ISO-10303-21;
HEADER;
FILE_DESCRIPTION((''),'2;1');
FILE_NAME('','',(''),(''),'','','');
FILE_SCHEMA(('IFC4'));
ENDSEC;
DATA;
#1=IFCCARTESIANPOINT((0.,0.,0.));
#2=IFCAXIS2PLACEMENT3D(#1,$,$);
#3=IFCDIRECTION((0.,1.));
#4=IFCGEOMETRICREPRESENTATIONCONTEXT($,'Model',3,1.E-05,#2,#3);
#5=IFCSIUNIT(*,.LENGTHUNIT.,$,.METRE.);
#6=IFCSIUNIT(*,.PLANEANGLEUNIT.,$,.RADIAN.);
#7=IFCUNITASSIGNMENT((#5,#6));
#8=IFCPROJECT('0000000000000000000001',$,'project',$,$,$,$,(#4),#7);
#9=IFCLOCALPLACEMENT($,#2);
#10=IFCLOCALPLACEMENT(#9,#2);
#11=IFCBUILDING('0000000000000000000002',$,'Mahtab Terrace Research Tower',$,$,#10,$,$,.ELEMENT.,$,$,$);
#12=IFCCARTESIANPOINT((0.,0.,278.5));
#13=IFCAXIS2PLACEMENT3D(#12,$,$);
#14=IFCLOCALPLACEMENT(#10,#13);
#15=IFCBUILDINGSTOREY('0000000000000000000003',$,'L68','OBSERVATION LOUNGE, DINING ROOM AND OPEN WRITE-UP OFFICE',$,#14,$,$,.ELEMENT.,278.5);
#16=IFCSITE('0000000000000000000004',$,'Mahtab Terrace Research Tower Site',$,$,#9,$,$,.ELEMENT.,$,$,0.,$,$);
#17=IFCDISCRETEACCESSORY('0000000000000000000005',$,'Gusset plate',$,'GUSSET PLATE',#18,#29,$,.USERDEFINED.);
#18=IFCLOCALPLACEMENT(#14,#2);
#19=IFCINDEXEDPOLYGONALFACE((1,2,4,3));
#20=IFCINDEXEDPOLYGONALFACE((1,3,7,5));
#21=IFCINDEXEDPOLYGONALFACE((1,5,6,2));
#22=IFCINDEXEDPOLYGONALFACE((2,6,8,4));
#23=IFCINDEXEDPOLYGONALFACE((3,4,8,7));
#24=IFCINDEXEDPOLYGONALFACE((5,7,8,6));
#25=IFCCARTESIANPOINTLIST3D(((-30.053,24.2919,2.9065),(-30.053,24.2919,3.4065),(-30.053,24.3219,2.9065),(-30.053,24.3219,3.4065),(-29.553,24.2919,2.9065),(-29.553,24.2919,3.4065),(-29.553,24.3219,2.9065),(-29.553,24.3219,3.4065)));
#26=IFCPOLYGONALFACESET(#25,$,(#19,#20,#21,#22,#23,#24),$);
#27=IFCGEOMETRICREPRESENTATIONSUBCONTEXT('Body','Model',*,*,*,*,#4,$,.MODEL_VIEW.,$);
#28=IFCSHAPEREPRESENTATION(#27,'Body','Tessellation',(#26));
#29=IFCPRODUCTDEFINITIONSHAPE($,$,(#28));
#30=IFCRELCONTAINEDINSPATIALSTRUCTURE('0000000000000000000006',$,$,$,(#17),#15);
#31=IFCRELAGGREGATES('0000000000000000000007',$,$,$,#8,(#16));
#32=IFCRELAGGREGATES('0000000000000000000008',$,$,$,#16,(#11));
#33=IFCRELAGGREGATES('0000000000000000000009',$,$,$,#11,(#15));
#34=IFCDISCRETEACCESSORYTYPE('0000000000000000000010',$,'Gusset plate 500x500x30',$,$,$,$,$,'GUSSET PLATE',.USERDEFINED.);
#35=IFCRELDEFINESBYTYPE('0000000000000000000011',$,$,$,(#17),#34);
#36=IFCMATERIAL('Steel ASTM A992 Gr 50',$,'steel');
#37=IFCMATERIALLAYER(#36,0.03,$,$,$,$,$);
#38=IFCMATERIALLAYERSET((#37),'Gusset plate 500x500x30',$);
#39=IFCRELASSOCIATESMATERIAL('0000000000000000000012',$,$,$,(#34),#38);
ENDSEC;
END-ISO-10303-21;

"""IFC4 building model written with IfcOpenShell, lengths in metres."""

from ifc_helpers import new_model, si_unit, direction, frame, origin, origin_2d, place, context, subcontext, project, spatial, rectangle, extrude, material, layer, layer_set, type_object, element, save


model = new_model("IFC4")

# Units and contexts
model_context = context("Model", 3, precision=1e-05, world=origin(), true_north=direction((0.0, 1.0)))
body_context = subcontext(model_context, "Body", "Model", "MODEL_VIEW")
ifc_project = project(units=[si_unit("LENGTHUNIT", "METRE"), si_unit("PLANEANGLEUNIT", "RADIAN")], contexts=[model_context])

# Site, building, storey
site_placement = place(None, origin())
site = spatial("IfcSite", under=ifc_project, at=site_placement, Name="Mahtab Terrace Research Tower Site", CompositionType="ELEMENT", RefElevation=0.0)
building_placement = place(site_placement, origin())
building = spatial("IfcBuilding", under=site, at=building_placement, Name="Mahtab Terrace Research Tower", CompositionType="ELEMENT")
storey_placement = place(building_placement, frame((0.0, 0.0, 278.5)))
storey = spatial("IfcBuildingStorey", under=building, at=storey_placement, Name="L68", Description="OBSERVATION LOUNGE, DINING ROOM AND OPEN WRITE-UP OFFICE", CompositionType="ELEMENT", Elevation=278.5)

# Shared definitions
ifc_material_1 = material(Name="Steel ASTM A992 Gr 50", Category="steel")

# Discrete accessory
ifc_layer_1 = layer(ifc_material_1, 0.03)
ifc_layer_set_1 = layer_set([ifc_layer_1], Name="Gusset plate 500x500x30")
discrete_accessory_type = type_object("IfcDiscreteAccessoryType", Name="Gusset plate 500x500x30", ElementType="GUSSET PLATE", PredefinedType="USERDEFINED", material=ifc_layer_set_1)
discrete_accessory_placement = place(storey_placement, frame((-29.803, 24.3069, 2.9065), z_axis=(0.0, 0.0, 1.0), x_axis=(1.0, 0.0, 0.0)))
element("IfcDiscreteAccessory", 1, at=discrete_accessory_placement, inside=storey, type_object=discrete_accessory_type, Name="Gusset plate", ObjectType="GUSSET PLATE", PredefinedType="USERDEFINED", context=body_context, shape_type="SweptSolid", body=[
    extrude(rectangle(XDim=0.5, YDim=0.03, at=origin_2d()), origin(), (0.0, 0.0, 1.0), 0.5),
])

save(model, "model.ifc")
